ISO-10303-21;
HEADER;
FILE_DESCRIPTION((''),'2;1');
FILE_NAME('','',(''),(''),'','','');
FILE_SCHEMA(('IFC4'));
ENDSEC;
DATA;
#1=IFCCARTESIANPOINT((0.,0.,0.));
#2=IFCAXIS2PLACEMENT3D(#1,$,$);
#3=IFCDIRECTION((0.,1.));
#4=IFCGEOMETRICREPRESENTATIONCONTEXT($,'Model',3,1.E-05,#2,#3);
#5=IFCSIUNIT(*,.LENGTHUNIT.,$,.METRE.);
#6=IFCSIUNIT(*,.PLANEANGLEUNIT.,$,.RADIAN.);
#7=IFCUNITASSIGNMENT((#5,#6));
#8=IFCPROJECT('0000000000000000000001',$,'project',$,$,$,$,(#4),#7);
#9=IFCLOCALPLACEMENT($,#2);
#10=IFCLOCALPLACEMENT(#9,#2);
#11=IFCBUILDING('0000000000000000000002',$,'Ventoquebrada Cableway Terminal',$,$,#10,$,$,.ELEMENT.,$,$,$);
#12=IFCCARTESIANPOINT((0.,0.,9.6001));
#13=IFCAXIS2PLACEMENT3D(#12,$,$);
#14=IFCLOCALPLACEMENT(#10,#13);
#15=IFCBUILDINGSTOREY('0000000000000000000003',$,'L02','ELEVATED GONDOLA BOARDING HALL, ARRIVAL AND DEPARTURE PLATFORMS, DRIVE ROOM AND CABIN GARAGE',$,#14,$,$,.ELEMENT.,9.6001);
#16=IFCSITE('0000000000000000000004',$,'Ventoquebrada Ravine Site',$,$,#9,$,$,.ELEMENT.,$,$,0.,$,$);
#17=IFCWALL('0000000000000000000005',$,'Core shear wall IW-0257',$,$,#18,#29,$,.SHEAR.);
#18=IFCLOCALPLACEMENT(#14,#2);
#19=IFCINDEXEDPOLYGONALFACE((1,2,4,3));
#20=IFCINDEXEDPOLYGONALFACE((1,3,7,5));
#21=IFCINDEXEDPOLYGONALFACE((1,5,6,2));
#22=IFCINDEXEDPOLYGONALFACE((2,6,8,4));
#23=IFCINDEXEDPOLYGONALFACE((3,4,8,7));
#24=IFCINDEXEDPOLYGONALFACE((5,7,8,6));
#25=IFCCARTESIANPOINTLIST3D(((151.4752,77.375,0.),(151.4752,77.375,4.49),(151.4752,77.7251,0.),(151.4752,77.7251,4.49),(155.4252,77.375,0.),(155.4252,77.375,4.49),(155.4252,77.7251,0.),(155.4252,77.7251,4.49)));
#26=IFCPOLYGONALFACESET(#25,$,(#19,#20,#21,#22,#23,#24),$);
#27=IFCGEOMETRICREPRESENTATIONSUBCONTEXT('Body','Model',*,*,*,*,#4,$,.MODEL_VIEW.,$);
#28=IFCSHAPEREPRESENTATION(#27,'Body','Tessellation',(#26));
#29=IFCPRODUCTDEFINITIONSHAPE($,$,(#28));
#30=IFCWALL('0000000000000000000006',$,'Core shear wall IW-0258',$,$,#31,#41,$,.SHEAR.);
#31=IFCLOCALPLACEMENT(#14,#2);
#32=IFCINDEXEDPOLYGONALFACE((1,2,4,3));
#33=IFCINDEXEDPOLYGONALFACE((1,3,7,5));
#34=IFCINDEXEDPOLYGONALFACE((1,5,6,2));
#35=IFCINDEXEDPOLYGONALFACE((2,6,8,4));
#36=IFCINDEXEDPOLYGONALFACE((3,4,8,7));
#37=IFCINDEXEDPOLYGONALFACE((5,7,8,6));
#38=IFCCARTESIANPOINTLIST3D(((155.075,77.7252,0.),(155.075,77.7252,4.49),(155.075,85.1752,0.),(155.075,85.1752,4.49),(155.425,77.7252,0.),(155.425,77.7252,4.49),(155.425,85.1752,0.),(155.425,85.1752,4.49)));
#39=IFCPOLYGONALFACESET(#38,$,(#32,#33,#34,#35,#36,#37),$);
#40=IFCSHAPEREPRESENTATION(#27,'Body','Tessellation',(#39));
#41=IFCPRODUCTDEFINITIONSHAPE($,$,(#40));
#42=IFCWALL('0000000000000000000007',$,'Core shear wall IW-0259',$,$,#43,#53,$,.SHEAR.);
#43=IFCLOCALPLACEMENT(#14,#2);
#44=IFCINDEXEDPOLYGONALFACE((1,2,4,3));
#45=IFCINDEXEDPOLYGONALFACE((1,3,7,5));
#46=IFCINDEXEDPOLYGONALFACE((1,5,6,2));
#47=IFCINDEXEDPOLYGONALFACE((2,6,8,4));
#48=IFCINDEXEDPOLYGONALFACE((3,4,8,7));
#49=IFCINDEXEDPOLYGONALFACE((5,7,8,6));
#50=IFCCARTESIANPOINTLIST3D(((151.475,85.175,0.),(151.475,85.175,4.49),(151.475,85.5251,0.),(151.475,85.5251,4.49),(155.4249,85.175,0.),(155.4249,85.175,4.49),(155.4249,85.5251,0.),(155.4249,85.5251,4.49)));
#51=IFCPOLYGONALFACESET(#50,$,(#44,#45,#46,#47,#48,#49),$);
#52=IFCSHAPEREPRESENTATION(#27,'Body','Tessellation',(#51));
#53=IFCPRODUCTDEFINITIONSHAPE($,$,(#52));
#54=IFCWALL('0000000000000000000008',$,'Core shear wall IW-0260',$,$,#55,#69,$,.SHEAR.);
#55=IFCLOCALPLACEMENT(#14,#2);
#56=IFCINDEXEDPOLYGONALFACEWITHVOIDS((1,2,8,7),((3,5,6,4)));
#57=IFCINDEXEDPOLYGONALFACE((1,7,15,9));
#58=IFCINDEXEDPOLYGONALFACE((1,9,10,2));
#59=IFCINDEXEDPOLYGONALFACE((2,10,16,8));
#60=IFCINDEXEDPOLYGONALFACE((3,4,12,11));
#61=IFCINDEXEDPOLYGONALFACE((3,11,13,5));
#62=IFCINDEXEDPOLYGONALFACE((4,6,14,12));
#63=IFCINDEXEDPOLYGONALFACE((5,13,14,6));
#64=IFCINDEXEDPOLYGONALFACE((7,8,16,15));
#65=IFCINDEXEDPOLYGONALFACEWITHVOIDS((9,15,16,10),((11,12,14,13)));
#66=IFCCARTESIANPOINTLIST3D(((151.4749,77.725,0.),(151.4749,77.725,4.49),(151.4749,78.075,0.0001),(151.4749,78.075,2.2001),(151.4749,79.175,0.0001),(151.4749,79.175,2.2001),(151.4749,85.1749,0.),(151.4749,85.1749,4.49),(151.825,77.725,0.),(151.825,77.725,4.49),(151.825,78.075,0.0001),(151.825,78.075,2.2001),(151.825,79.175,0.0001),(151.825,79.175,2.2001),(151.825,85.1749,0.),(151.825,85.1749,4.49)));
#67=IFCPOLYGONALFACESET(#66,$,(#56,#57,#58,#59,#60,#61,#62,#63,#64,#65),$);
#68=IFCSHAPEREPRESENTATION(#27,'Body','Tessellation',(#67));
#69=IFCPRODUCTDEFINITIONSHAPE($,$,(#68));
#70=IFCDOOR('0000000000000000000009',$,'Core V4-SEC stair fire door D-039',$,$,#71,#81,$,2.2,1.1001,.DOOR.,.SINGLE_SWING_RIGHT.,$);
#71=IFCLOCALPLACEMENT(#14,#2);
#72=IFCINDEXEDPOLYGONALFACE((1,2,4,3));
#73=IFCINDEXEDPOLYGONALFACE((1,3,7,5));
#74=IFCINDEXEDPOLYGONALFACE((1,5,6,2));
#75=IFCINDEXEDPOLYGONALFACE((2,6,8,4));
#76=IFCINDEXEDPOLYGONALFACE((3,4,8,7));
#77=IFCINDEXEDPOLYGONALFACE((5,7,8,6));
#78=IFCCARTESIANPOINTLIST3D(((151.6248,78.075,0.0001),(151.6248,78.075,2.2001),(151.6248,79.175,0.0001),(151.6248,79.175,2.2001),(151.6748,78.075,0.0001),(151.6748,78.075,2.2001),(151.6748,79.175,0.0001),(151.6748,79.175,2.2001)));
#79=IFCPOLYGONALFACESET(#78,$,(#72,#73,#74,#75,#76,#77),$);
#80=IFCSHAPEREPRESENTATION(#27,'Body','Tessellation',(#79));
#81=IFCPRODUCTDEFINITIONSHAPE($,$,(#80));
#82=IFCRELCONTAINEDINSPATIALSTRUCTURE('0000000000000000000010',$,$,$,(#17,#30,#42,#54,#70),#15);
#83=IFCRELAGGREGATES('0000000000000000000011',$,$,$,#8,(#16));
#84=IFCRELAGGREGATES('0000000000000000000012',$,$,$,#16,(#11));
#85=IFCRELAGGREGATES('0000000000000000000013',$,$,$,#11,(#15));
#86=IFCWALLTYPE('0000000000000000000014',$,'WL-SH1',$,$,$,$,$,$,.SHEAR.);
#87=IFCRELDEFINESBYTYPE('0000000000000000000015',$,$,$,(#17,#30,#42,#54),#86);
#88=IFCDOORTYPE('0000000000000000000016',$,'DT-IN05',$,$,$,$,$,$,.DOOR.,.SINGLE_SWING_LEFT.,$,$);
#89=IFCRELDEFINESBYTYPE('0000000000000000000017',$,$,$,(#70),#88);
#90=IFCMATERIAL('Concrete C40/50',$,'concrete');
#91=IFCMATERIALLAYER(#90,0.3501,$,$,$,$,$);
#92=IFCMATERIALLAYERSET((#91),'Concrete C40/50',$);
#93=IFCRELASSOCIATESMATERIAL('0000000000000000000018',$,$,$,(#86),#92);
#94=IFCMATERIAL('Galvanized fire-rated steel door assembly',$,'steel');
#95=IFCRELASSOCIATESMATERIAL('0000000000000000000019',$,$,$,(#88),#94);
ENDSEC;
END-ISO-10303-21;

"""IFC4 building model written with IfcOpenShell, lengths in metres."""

from ifc_helpers import new_model, si_unit, direction, frame, frame_2d, origin, place, context, subcontext, project, spatial, rectangle, extrude, material, layer, layer_set, type_object, element, fill, save


model = new_model("IFC4")

# Units and contexts
model_context = context("Model", 3, precision=1e-05, world=origin(), true_north=direction((0.0, 1.0)))
body_context = subcontext(model_context, "Body", "Model", "MODEL_VIEW")
ifc_project = project(units=[si_unit("LENGTHUNIT", "METRE"), si_unit("PLANEANGLEUNIT", "RADIAN")], contexts=[model_context])

# Site, building, storey
site_placement = place(None, origin())
site = spatial("IfcSite", under=ifc_project, at=site_placement, Name="Ventoquebrada Ravine Site", CompositionType="ELEMENT", RefElevation=0.0)
building_placement = place(site_placement, origin())
building = spatial("IfcBuilding", under=site, at=building_placement, Name="Ventoquebrada Cableway Terminal", CompositionType="ELEMENT")
storey_placement = place(building_placement, frame((0.0, 0.0, 9.6001)))
storey = spatial("IfcBuildingStorey", under=building, at=storey_placement, Name="L02", Description="ELEVATED GONDOLA BOARDING HALL, ARRIVAL AND DEPARTURE PLATFORMS, DRIVE ROOM AND CABIN GARAGE", CompositionType="ELEMENT", Elevation=9.6001)

# Shared definitions
ifc_material_1 = material(Name="Galvanized fire-rated steel door assembly", Category="steel")

# Walls
ifc_material_2 = material(Name="Concrete C40/50", Category="concrete")
ifc_layer_1 = layer(ifc_material_2, 0.3501)
ifc_layer_set_1 = layer_set([ifc_layer_1], Name="Concrete C40/50")
wall_type_1 = type_object("IfcWallType", Name="WL-SH1", PredefinedType="SHEAR", material=ifc_layer_set_1)
wall_1_placement = place(storey_placement, frame((151.4751, 77.55, 0.0), z_axis=(0.0, 0.0, 1.0), x_axis=(1.0, 0.0, 0.0)))
element("IfcWall", 1, at=wall_1_placement, inside=storey, type_object=wall_type_1, Name="Core shear wall IW-0257", PredefinedType="SHEAR", context=body_context, shape_type="SweptSolid", body=[
    extrude(rectangle(XDim=3.95, YDim=0.3501, at=frame_2d((1.9751, 0.0))), origin(), (0.0, 0.0, 1.0), 4.49),
])
wall_2_placement = place(storey_placement, frame((155.25, 77.7251, 0.0), z_axis=(0.0, 0.0, 1.0), x_axis=(0.0, 1.0, 0.0)))
element("IfcWall", 2, at=wall_2_placement, inside=storey, type_object=wall_type_1, Name="Core shear wall IW-0258", PredefinedType="SHEAR", context=body_context, shape_type="SweptSolid", body=[
    extrude(rectangle(XDim=7.45, YDim=0.3501, at=frame_2d((3.7251, 0.0))), origin(), (0.0, 0.0, 1.0), 4.49),
])
wall_3_placement = place(storey_placement, frame((155.425, 85.3501, 0.0), z_axis=(0.0, 0.0, 1.0), x_axis=(-1.0, 0.0, 0.0)))
element("IfcWall", 3, at=wall_3_placement, inside=storey, type_object=wall_type_1, Name="Core shear wall IW-0259", PredefinedType="SHEAR", context=body_context, shape_type="SweptSolid", body=[
    extrude(rectangle(XDim=3.95, YDim=0.3501, at=frame_2d((1.9751, 0.0))), origin(), (0.0, 0.0, 1.0), 4.49),
])

# Wall, opening, door
wall_4_placement = place(storey_placement, frame((151.6499, 85.175, 0.0), z_axis=(0.0, 0.0, 1.0), x_axis=(0.0, -1.0, 0.0)))
wall_4 = element("IfcWall", 4, at=wall_4_placement, inside=storey, type_object=wall_type_1, Name="Core shear wall IW-0260", PredefinedType="SHEAR", context=body_context, shape_type="SweptSolid", body=[
    extrude(rectangle(XDim=7.45, YDim=0.3501, at=frame_2d((3.7251, 0.0))), origin(), (0.0, 0.0, 1.0), 4.49),
])
opening_1_placement = place(wall_4_placement, frame((6.0, 0.0, 0.0)))
opening_1 = element("IfcOpeningElement", 5, at=opening_1_placement, cuts=wall_4, PredefinedType="OPENING", context=body_context, shape_type="SweptSolid", body=[
    extrude(rectangle(XDim=1.1001, YDim=2.2, at=frame_2d((0.55, 1.1001))), frame((0.0, 0.1851, 0.0), z_axis=(0.0, -1.0, 0.0), x_axis=(1.0, 0.0, 0.0)), (0.0, 0.0, 1.0), 0.3701),
])
door_type_1 = type_object("IfcDoorType", Name="DT-IN05", OperationType="SINGLE_SWING_LEFT", PredefinedType="DOOR", material=ifc_material_1)
door_1_placement = place(opening_1_placement, origin())
door_1 = element("IfcDoor", 6, at=door_1_placement, inside=storey, type_object=door_type_1, Name="Core V4-SEC stair fire door D-039", OperationType="SINGLE_SWING_RIGHT", OverallHeight=2.2, OverallWidth=1.1001, PredefinedType="DOOR", context=body_context, shape_type="SweptSolid", body=[
    extrude(rectangle(XDim=1.1001, YDim=2.2, at=frame_2d((0.55, 1.1001))), frame((0.0, 0.0249, 0.0), z_axis=(0.0, -1.0, 0.0), x_axis=(1.0, 0.0, 0.0)), (0.0, 0.0, 1.0), 0.05),
])
fill(opening_1, door_1)

save(model, "model.ifc")
